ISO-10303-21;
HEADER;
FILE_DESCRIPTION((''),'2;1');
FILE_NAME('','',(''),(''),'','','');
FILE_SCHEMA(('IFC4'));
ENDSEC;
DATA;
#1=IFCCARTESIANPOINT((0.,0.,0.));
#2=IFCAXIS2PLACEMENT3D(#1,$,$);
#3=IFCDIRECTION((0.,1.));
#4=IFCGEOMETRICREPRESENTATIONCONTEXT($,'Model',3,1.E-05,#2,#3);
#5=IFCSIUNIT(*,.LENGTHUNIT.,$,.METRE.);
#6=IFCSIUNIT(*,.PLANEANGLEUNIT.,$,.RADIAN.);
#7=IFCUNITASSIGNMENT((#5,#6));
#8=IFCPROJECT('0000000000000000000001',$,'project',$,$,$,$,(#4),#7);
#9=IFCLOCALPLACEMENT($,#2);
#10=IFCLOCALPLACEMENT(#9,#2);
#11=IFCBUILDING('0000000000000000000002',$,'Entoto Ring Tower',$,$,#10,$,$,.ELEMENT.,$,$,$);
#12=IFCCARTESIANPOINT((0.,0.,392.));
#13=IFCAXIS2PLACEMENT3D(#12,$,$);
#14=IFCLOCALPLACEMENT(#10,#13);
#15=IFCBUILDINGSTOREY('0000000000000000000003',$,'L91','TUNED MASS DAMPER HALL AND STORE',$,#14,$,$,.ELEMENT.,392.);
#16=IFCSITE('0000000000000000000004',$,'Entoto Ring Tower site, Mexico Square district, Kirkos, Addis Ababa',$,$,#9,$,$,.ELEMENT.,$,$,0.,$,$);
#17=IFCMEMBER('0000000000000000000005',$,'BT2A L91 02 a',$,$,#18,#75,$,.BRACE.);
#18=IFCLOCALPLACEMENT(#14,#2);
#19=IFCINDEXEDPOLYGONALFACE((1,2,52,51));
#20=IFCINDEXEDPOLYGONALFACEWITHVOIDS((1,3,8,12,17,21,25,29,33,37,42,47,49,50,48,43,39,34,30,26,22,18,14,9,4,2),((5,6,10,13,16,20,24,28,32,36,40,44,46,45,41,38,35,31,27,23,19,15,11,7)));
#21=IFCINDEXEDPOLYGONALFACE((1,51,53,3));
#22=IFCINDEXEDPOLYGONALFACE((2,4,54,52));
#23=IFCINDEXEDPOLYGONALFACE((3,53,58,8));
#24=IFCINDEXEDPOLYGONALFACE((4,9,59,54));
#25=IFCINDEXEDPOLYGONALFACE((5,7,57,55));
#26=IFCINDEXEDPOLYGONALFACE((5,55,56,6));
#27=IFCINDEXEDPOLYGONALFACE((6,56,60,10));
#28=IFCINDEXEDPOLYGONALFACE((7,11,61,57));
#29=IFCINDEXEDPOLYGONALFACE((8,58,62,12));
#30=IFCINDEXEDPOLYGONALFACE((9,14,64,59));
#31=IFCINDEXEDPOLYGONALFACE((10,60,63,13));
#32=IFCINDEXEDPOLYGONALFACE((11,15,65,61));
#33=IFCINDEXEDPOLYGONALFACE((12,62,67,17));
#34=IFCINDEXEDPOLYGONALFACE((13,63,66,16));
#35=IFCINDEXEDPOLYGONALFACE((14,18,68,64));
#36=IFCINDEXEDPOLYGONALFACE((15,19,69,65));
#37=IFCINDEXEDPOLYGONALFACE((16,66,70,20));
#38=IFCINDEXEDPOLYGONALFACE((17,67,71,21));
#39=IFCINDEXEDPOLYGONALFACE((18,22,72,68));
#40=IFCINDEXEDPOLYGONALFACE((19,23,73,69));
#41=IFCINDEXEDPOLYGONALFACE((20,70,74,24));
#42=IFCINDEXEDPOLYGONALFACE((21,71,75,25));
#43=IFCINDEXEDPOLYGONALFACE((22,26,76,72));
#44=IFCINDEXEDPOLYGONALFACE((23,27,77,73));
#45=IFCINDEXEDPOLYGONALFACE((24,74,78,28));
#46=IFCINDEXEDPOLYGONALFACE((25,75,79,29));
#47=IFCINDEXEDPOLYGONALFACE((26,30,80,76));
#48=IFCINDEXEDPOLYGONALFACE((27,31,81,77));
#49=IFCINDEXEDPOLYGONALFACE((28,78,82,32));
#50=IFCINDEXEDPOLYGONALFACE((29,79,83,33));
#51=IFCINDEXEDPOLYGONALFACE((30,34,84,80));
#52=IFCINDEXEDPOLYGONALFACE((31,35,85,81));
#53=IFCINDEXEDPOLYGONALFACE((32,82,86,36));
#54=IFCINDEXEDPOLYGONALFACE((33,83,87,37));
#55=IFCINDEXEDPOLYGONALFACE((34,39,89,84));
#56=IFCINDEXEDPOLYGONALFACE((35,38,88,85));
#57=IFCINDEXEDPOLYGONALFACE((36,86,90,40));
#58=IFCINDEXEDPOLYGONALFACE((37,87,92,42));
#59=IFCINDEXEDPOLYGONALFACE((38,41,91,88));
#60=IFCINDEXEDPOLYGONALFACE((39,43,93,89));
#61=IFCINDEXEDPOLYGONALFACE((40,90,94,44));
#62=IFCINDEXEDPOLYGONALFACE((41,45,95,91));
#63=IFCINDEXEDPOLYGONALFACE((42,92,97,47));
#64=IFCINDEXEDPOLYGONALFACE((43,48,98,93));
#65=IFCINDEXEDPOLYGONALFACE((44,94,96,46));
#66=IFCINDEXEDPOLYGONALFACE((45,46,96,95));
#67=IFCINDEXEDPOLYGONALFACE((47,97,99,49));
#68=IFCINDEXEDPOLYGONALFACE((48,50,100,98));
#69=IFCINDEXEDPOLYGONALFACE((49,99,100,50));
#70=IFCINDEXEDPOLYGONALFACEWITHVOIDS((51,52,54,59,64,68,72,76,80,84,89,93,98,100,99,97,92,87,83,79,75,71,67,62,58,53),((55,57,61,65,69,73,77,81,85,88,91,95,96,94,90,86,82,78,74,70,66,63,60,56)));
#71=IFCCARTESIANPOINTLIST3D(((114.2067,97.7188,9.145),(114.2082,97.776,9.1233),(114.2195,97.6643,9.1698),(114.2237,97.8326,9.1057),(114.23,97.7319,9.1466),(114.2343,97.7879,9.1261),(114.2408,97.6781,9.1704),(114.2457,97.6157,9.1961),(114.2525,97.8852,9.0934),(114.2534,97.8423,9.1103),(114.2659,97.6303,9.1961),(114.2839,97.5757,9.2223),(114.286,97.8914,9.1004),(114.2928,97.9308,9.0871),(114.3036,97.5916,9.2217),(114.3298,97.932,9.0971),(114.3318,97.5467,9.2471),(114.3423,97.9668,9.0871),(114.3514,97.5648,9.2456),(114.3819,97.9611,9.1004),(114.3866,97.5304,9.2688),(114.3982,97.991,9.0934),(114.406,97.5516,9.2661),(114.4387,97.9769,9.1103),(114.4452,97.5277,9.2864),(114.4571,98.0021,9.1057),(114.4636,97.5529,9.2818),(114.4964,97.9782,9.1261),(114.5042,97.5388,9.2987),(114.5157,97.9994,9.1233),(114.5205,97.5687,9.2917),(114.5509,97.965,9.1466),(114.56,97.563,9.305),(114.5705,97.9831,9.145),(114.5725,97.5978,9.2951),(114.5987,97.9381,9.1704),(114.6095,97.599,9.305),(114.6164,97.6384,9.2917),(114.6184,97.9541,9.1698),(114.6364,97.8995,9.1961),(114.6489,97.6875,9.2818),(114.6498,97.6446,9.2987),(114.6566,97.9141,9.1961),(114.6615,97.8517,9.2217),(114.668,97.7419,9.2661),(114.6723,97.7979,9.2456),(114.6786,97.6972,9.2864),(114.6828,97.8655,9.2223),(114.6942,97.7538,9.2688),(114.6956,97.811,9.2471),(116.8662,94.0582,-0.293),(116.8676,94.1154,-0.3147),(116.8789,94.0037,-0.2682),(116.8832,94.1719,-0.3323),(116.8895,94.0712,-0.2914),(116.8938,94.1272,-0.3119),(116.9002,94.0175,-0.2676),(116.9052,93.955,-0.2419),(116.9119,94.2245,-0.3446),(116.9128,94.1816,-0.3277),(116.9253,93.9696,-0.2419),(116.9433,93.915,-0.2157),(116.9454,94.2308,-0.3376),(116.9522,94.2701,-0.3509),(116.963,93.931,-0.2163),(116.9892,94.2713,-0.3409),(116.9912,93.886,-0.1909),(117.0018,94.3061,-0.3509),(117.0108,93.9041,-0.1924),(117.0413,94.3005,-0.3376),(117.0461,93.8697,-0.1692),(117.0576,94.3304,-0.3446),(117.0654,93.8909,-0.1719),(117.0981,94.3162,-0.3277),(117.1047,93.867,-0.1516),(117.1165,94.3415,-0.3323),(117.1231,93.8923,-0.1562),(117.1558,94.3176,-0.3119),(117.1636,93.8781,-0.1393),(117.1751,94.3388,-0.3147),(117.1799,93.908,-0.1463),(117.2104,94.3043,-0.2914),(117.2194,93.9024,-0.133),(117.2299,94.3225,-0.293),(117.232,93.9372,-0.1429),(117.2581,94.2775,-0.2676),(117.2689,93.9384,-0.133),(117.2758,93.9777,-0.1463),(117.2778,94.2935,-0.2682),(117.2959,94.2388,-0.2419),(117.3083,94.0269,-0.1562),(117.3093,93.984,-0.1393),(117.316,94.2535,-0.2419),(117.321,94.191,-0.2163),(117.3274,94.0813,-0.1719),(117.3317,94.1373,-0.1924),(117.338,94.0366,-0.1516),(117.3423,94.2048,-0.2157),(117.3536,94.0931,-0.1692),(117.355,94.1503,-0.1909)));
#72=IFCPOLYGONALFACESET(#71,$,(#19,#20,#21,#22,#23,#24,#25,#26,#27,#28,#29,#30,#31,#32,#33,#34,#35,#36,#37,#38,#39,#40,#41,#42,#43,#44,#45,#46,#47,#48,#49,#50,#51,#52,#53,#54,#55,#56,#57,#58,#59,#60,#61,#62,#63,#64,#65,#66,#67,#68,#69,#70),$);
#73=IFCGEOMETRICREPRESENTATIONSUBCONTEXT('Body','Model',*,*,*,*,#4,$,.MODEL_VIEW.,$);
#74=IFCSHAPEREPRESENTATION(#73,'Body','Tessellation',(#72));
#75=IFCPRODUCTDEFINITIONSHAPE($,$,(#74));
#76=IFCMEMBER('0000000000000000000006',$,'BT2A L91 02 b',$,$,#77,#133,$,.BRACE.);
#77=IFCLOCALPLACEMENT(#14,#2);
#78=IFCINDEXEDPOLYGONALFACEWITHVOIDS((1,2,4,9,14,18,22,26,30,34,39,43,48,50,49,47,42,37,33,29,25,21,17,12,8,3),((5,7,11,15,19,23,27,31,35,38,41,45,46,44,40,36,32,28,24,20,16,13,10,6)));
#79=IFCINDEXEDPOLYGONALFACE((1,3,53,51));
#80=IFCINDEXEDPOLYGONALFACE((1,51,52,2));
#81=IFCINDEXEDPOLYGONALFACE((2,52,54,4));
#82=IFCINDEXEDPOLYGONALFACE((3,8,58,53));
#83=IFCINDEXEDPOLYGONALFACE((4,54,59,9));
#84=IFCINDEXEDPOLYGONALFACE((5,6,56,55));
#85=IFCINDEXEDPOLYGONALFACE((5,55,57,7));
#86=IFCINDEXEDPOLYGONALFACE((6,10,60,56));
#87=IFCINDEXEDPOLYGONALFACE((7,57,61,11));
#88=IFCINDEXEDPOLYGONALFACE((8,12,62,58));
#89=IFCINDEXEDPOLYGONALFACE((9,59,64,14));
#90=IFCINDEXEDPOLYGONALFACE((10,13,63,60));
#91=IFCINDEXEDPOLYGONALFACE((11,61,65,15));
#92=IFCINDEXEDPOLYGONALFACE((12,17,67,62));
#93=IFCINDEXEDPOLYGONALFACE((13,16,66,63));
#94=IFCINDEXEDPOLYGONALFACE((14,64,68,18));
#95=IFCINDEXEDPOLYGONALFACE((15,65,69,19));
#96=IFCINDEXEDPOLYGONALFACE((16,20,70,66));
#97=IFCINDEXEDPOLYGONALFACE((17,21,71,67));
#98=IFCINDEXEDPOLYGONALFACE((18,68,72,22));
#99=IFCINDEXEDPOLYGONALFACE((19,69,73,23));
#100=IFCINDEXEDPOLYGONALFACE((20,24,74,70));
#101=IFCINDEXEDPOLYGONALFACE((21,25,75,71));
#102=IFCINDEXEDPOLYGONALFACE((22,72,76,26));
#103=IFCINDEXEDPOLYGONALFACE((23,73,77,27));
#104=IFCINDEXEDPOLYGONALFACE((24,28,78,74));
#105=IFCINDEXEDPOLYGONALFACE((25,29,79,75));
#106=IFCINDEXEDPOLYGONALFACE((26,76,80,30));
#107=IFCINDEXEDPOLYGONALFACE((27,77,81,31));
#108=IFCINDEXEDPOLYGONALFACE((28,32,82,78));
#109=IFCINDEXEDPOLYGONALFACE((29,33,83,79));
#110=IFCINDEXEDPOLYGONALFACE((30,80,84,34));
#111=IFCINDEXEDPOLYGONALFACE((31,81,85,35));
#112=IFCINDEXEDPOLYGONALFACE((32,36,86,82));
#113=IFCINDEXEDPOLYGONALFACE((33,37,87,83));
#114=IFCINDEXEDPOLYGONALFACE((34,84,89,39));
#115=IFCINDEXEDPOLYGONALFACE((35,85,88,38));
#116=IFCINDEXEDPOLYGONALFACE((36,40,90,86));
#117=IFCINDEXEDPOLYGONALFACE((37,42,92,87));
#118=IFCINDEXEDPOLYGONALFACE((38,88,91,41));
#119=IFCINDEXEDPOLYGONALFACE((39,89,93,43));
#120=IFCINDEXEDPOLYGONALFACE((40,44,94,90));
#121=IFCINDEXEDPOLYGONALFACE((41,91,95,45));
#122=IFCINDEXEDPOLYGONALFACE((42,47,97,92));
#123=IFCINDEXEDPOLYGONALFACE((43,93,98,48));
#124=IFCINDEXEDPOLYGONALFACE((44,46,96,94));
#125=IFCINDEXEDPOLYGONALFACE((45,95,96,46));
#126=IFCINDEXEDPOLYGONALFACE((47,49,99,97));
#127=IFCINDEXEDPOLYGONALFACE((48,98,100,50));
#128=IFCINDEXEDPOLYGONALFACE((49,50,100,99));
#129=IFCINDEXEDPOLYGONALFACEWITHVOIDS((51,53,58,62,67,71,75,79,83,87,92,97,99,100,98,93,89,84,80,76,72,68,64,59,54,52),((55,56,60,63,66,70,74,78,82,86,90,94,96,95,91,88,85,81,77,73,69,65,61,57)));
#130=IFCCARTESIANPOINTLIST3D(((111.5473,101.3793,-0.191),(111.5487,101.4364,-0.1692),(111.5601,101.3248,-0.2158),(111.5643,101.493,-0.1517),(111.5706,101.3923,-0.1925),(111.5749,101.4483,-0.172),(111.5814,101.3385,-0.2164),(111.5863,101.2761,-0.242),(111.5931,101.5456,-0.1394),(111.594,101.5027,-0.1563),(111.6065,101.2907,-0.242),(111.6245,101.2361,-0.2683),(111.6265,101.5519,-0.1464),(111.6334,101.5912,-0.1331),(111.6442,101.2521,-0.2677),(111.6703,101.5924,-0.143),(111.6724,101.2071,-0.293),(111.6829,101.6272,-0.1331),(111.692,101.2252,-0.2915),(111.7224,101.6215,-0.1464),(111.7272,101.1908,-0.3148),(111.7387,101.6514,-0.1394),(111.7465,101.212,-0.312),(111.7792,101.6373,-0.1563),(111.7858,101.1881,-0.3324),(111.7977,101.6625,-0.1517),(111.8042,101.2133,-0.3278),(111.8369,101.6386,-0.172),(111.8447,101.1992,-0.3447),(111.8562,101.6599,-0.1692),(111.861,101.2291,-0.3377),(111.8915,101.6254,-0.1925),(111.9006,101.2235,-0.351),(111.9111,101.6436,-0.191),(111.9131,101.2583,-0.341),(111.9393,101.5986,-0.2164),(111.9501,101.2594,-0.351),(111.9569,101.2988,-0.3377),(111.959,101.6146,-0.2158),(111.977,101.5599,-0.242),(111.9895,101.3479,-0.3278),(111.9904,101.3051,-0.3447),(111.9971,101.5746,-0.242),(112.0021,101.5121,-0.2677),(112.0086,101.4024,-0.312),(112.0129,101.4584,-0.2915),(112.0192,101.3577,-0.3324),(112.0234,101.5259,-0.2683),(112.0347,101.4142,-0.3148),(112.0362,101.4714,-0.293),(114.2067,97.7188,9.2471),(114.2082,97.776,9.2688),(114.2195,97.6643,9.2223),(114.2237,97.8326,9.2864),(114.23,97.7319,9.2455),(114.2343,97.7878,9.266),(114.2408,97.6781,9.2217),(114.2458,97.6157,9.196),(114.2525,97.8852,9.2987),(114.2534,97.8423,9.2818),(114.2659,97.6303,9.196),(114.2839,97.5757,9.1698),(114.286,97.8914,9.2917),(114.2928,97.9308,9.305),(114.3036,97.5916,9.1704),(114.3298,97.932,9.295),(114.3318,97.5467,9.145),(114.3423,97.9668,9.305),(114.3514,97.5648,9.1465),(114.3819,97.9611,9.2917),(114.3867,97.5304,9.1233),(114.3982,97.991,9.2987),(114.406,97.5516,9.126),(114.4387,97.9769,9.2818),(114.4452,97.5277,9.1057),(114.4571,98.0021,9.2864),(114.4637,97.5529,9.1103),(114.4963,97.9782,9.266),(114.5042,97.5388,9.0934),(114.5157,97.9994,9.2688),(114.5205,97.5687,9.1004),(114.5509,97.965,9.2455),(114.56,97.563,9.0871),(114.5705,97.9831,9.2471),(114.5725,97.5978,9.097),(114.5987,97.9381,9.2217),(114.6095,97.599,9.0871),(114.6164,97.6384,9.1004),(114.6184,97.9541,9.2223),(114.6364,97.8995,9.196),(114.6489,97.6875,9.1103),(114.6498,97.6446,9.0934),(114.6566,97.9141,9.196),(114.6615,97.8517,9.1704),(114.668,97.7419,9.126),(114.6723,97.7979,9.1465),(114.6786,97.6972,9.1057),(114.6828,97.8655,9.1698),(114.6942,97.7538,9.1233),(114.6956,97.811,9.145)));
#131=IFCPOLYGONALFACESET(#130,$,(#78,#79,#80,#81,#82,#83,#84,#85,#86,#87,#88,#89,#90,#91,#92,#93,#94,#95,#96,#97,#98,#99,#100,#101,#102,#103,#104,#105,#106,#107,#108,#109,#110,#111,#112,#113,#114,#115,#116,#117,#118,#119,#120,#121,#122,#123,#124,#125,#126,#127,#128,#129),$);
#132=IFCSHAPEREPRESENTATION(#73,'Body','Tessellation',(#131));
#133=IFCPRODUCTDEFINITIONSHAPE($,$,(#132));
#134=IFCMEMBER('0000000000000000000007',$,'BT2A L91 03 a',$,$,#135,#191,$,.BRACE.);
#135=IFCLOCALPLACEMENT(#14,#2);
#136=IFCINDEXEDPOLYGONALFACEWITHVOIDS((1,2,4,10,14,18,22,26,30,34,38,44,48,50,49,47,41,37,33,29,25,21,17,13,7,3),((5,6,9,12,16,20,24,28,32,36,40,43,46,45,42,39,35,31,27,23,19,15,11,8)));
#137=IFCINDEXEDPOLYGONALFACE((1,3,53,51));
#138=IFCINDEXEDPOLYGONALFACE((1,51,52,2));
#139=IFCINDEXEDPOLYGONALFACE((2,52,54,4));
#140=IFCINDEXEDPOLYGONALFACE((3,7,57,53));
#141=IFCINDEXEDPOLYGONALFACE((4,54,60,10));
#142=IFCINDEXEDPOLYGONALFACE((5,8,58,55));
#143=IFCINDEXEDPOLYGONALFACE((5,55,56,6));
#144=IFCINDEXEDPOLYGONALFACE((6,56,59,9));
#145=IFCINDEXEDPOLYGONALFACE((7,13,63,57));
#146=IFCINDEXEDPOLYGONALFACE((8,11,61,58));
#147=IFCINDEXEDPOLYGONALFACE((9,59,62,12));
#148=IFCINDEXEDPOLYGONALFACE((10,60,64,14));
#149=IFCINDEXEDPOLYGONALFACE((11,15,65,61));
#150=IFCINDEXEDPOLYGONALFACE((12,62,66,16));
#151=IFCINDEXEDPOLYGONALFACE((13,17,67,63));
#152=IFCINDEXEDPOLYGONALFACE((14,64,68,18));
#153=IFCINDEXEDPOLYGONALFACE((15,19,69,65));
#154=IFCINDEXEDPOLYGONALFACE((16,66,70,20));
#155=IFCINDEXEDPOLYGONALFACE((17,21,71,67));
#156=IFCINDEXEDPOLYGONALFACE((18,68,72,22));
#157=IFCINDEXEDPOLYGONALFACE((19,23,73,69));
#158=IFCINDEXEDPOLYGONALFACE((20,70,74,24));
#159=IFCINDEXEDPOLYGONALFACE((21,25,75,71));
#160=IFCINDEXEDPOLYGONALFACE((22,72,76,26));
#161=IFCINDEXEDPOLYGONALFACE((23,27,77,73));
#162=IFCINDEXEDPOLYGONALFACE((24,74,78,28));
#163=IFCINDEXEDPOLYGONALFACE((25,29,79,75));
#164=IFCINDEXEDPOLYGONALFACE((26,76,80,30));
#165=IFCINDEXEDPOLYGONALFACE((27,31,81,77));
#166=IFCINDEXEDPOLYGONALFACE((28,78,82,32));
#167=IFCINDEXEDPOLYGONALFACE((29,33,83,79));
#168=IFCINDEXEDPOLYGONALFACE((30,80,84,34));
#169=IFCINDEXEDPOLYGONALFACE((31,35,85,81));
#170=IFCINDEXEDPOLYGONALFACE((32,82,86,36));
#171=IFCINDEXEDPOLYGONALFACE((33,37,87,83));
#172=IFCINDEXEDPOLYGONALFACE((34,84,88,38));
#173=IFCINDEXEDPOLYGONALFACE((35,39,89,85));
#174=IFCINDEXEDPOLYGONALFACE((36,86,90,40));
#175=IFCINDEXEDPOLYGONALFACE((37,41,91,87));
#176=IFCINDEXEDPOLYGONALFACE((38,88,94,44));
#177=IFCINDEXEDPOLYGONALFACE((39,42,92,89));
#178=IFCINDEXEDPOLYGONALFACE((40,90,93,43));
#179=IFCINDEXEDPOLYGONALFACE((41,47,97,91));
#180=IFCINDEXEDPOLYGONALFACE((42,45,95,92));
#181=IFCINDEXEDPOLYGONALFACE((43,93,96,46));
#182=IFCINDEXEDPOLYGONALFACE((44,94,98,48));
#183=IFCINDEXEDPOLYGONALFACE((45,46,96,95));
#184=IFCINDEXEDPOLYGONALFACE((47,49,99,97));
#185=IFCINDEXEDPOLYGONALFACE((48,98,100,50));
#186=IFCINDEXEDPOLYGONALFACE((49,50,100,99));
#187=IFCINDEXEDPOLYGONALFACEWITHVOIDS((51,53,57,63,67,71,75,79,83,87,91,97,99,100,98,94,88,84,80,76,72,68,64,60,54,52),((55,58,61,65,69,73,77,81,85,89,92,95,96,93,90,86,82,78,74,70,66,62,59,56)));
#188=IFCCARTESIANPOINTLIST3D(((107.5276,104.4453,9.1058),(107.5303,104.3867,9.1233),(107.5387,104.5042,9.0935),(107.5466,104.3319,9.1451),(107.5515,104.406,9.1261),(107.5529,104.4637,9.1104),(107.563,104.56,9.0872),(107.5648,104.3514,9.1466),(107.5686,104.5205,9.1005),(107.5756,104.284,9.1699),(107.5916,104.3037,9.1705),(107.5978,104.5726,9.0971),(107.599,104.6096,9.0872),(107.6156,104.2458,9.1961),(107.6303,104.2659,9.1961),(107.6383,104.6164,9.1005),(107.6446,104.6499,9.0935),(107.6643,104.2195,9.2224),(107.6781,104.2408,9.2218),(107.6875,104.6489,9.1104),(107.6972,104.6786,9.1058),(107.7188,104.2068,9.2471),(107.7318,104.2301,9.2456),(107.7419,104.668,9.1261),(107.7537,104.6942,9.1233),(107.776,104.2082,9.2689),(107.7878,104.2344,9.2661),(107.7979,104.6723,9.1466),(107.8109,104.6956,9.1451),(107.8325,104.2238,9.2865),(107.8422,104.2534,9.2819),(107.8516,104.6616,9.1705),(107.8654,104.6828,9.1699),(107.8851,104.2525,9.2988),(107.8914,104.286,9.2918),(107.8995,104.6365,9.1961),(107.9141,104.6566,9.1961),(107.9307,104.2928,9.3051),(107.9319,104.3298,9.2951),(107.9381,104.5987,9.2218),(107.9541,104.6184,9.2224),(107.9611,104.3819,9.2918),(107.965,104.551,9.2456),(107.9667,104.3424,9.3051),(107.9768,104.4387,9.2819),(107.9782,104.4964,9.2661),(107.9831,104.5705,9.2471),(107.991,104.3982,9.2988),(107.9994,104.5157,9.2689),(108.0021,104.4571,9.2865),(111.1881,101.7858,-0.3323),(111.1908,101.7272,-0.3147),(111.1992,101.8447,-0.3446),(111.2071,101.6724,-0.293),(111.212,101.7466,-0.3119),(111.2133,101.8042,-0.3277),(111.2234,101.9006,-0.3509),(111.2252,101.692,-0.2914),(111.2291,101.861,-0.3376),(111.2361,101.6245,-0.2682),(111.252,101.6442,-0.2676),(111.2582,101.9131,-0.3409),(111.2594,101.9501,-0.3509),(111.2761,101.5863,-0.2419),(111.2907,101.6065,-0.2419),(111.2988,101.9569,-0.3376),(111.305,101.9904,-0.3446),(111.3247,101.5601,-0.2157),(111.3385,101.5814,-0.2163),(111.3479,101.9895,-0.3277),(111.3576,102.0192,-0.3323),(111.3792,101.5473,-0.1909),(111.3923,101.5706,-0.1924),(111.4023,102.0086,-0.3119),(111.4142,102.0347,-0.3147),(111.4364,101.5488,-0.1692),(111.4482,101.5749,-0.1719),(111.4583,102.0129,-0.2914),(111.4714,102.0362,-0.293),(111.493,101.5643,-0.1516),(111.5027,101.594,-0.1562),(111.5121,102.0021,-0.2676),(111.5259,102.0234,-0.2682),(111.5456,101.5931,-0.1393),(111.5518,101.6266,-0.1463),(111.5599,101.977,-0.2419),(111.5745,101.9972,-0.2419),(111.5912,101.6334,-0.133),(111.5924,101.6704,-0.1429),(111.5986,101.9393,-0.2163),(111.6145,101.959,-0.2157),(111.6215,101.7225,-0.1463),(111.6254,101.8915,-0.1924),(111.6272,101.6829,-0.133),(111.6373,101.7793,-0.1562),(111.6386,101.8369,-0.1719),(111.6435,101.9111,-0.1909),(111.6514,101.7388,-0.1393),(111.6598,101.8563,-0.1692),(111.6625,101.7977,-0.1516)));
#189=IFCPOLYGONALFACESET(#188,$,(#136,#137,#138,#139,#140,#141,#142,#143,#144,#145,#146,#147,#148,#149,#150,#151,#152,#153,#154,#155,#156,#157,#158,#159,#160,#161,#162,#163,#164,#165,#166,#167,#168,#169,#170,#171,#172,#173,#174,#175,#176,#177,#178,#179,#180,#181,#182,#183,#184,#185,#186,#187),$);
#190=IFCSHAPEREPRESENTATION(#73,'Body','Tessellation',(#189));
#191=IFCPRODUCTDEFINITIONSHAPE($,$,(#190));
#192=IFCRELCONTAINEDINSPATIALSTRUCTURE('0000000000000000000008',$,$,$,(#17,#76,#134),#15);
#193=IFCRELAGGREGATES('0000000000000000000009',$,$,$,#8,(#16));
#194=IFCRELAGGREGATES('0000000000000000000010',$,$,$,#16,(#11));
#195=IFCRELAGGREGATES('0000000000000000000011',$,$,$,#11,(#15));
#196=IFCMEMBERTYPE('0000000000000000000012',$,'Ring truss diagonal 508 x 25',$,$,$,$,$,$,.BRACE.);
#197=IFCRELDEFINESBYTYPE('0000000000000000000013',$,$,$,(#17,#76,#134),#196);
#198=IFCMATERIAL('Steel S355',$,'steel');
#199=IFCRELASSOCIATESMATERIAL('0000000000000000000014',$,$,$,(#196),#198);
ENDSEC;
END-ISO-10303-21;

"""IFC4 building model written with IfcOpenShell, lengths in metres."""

from ifc_helpers import new_model, si_unit, direction, frame, origin, origin_2d, place, context, subcontext, project, spatial, circle, hollow_circle, extrude, material, material_profile, profile_set, type_object, element, save


model = new_model("IFC4")

# Units and contexts
model_context = context("Model", 3, precision=1e-05, world=origin(), true_north=direction((0.0, 1.0)))
body_context = subcontext(model_context, "Body", "Model", "MODEL_VIEW")
ifc_project = project(units=[si_unit("LENGTHUNIT", "METRE"), si_unit("PLANEANGLEUNIT", "RADIAN")], contexts=[model_context])

# Site, building, storey
site_placement = place(None, origin())
site = spatial("IfcSite", under=ifc_project, at=site_placement, Name="Entoto Ring Tower site, Mexico Square district, Kirkos, Addis Ababa", CompositionType="ELEMENT", RefElevation=0.0)
building_placement = place(site_placement, origin())
building = spatial("IfcBuilding", under=site, at=building_placement, Name="Entoto Ring Tower", CompositionType="ELEMENT")
storey_placement = place(building_placement, frame((0.0, 0.0, 392.0)))
storey = spatial("IfcBuildingStorey", under=building, at=storey_placement, Name="L91", Description="TUNED MASS DAMPER HALL AND STORE", CompositionType="ELEMENT", Elevation=392.0)

# Members
ifc_material_1 = material(Name="Steel S355", Category="steel")
ifc_material_profile_1 = material_profile(ifc_material_1, hollow_circle(Radius=0.2539, WallThickness=0.0249, at=origin_2d()), Name="CHS 508 x 25")
ifc_material_2 = material(Name="Concrete C60/75", Category="concrete")
ifc_material_profile_2 = material_profile(ifc_material_2, circle(Radius=0.229, at=origin_2d()), Name="Concrete C60/75 infill")
ifc_profile_set_1 = profile_set([ifc_material_profile_1, ifc_material_profile_2], Name="Steel S355")
member_type_1 = type_object("IfcMemberType", Name="Ring truss diagonal 508 x 25", PredefinedType="BRACE", material=ifc_profile_set_1)
for number, where, z_axis, x_axis, name in (
    (1, (117.1106, 94.1042, -0.2419), (-0.254088, 0.349747, 0.901729), (-0.809037, -0.587758, 0.0), "BT2A L91 02 a"),
    (2, (114.4512, 97.7649, 9.196), (-0.25409, 0.349727, -0.901737), (-0.809018, -0.587783, 0.0), "BT2A L91 02 b"),
    (3, (111.4253, 101.7917, -0.2419), (-0.349727, 0.25409, 0.901737), (-0.587783, -0.809018, 0.0), "BT2A L91 03 a"),
):
    element("IfcMember", number, at=place(storey_placement, frame(where, z_axis=z_axis, x_axis=x_axis)), inside=storey, type_object=member_type_1, Name=name, PredefinedType="BRACE", context=body_context, shape_type="SweptSolid", body=[
        extrude(hollow_circle(Radius=0.2539, WallThickness=0.0249, at=origin_2d()), origin(), (0.0, 0.0, 1.0), 10.4666),
    ])

save(model, "model.ifc")
